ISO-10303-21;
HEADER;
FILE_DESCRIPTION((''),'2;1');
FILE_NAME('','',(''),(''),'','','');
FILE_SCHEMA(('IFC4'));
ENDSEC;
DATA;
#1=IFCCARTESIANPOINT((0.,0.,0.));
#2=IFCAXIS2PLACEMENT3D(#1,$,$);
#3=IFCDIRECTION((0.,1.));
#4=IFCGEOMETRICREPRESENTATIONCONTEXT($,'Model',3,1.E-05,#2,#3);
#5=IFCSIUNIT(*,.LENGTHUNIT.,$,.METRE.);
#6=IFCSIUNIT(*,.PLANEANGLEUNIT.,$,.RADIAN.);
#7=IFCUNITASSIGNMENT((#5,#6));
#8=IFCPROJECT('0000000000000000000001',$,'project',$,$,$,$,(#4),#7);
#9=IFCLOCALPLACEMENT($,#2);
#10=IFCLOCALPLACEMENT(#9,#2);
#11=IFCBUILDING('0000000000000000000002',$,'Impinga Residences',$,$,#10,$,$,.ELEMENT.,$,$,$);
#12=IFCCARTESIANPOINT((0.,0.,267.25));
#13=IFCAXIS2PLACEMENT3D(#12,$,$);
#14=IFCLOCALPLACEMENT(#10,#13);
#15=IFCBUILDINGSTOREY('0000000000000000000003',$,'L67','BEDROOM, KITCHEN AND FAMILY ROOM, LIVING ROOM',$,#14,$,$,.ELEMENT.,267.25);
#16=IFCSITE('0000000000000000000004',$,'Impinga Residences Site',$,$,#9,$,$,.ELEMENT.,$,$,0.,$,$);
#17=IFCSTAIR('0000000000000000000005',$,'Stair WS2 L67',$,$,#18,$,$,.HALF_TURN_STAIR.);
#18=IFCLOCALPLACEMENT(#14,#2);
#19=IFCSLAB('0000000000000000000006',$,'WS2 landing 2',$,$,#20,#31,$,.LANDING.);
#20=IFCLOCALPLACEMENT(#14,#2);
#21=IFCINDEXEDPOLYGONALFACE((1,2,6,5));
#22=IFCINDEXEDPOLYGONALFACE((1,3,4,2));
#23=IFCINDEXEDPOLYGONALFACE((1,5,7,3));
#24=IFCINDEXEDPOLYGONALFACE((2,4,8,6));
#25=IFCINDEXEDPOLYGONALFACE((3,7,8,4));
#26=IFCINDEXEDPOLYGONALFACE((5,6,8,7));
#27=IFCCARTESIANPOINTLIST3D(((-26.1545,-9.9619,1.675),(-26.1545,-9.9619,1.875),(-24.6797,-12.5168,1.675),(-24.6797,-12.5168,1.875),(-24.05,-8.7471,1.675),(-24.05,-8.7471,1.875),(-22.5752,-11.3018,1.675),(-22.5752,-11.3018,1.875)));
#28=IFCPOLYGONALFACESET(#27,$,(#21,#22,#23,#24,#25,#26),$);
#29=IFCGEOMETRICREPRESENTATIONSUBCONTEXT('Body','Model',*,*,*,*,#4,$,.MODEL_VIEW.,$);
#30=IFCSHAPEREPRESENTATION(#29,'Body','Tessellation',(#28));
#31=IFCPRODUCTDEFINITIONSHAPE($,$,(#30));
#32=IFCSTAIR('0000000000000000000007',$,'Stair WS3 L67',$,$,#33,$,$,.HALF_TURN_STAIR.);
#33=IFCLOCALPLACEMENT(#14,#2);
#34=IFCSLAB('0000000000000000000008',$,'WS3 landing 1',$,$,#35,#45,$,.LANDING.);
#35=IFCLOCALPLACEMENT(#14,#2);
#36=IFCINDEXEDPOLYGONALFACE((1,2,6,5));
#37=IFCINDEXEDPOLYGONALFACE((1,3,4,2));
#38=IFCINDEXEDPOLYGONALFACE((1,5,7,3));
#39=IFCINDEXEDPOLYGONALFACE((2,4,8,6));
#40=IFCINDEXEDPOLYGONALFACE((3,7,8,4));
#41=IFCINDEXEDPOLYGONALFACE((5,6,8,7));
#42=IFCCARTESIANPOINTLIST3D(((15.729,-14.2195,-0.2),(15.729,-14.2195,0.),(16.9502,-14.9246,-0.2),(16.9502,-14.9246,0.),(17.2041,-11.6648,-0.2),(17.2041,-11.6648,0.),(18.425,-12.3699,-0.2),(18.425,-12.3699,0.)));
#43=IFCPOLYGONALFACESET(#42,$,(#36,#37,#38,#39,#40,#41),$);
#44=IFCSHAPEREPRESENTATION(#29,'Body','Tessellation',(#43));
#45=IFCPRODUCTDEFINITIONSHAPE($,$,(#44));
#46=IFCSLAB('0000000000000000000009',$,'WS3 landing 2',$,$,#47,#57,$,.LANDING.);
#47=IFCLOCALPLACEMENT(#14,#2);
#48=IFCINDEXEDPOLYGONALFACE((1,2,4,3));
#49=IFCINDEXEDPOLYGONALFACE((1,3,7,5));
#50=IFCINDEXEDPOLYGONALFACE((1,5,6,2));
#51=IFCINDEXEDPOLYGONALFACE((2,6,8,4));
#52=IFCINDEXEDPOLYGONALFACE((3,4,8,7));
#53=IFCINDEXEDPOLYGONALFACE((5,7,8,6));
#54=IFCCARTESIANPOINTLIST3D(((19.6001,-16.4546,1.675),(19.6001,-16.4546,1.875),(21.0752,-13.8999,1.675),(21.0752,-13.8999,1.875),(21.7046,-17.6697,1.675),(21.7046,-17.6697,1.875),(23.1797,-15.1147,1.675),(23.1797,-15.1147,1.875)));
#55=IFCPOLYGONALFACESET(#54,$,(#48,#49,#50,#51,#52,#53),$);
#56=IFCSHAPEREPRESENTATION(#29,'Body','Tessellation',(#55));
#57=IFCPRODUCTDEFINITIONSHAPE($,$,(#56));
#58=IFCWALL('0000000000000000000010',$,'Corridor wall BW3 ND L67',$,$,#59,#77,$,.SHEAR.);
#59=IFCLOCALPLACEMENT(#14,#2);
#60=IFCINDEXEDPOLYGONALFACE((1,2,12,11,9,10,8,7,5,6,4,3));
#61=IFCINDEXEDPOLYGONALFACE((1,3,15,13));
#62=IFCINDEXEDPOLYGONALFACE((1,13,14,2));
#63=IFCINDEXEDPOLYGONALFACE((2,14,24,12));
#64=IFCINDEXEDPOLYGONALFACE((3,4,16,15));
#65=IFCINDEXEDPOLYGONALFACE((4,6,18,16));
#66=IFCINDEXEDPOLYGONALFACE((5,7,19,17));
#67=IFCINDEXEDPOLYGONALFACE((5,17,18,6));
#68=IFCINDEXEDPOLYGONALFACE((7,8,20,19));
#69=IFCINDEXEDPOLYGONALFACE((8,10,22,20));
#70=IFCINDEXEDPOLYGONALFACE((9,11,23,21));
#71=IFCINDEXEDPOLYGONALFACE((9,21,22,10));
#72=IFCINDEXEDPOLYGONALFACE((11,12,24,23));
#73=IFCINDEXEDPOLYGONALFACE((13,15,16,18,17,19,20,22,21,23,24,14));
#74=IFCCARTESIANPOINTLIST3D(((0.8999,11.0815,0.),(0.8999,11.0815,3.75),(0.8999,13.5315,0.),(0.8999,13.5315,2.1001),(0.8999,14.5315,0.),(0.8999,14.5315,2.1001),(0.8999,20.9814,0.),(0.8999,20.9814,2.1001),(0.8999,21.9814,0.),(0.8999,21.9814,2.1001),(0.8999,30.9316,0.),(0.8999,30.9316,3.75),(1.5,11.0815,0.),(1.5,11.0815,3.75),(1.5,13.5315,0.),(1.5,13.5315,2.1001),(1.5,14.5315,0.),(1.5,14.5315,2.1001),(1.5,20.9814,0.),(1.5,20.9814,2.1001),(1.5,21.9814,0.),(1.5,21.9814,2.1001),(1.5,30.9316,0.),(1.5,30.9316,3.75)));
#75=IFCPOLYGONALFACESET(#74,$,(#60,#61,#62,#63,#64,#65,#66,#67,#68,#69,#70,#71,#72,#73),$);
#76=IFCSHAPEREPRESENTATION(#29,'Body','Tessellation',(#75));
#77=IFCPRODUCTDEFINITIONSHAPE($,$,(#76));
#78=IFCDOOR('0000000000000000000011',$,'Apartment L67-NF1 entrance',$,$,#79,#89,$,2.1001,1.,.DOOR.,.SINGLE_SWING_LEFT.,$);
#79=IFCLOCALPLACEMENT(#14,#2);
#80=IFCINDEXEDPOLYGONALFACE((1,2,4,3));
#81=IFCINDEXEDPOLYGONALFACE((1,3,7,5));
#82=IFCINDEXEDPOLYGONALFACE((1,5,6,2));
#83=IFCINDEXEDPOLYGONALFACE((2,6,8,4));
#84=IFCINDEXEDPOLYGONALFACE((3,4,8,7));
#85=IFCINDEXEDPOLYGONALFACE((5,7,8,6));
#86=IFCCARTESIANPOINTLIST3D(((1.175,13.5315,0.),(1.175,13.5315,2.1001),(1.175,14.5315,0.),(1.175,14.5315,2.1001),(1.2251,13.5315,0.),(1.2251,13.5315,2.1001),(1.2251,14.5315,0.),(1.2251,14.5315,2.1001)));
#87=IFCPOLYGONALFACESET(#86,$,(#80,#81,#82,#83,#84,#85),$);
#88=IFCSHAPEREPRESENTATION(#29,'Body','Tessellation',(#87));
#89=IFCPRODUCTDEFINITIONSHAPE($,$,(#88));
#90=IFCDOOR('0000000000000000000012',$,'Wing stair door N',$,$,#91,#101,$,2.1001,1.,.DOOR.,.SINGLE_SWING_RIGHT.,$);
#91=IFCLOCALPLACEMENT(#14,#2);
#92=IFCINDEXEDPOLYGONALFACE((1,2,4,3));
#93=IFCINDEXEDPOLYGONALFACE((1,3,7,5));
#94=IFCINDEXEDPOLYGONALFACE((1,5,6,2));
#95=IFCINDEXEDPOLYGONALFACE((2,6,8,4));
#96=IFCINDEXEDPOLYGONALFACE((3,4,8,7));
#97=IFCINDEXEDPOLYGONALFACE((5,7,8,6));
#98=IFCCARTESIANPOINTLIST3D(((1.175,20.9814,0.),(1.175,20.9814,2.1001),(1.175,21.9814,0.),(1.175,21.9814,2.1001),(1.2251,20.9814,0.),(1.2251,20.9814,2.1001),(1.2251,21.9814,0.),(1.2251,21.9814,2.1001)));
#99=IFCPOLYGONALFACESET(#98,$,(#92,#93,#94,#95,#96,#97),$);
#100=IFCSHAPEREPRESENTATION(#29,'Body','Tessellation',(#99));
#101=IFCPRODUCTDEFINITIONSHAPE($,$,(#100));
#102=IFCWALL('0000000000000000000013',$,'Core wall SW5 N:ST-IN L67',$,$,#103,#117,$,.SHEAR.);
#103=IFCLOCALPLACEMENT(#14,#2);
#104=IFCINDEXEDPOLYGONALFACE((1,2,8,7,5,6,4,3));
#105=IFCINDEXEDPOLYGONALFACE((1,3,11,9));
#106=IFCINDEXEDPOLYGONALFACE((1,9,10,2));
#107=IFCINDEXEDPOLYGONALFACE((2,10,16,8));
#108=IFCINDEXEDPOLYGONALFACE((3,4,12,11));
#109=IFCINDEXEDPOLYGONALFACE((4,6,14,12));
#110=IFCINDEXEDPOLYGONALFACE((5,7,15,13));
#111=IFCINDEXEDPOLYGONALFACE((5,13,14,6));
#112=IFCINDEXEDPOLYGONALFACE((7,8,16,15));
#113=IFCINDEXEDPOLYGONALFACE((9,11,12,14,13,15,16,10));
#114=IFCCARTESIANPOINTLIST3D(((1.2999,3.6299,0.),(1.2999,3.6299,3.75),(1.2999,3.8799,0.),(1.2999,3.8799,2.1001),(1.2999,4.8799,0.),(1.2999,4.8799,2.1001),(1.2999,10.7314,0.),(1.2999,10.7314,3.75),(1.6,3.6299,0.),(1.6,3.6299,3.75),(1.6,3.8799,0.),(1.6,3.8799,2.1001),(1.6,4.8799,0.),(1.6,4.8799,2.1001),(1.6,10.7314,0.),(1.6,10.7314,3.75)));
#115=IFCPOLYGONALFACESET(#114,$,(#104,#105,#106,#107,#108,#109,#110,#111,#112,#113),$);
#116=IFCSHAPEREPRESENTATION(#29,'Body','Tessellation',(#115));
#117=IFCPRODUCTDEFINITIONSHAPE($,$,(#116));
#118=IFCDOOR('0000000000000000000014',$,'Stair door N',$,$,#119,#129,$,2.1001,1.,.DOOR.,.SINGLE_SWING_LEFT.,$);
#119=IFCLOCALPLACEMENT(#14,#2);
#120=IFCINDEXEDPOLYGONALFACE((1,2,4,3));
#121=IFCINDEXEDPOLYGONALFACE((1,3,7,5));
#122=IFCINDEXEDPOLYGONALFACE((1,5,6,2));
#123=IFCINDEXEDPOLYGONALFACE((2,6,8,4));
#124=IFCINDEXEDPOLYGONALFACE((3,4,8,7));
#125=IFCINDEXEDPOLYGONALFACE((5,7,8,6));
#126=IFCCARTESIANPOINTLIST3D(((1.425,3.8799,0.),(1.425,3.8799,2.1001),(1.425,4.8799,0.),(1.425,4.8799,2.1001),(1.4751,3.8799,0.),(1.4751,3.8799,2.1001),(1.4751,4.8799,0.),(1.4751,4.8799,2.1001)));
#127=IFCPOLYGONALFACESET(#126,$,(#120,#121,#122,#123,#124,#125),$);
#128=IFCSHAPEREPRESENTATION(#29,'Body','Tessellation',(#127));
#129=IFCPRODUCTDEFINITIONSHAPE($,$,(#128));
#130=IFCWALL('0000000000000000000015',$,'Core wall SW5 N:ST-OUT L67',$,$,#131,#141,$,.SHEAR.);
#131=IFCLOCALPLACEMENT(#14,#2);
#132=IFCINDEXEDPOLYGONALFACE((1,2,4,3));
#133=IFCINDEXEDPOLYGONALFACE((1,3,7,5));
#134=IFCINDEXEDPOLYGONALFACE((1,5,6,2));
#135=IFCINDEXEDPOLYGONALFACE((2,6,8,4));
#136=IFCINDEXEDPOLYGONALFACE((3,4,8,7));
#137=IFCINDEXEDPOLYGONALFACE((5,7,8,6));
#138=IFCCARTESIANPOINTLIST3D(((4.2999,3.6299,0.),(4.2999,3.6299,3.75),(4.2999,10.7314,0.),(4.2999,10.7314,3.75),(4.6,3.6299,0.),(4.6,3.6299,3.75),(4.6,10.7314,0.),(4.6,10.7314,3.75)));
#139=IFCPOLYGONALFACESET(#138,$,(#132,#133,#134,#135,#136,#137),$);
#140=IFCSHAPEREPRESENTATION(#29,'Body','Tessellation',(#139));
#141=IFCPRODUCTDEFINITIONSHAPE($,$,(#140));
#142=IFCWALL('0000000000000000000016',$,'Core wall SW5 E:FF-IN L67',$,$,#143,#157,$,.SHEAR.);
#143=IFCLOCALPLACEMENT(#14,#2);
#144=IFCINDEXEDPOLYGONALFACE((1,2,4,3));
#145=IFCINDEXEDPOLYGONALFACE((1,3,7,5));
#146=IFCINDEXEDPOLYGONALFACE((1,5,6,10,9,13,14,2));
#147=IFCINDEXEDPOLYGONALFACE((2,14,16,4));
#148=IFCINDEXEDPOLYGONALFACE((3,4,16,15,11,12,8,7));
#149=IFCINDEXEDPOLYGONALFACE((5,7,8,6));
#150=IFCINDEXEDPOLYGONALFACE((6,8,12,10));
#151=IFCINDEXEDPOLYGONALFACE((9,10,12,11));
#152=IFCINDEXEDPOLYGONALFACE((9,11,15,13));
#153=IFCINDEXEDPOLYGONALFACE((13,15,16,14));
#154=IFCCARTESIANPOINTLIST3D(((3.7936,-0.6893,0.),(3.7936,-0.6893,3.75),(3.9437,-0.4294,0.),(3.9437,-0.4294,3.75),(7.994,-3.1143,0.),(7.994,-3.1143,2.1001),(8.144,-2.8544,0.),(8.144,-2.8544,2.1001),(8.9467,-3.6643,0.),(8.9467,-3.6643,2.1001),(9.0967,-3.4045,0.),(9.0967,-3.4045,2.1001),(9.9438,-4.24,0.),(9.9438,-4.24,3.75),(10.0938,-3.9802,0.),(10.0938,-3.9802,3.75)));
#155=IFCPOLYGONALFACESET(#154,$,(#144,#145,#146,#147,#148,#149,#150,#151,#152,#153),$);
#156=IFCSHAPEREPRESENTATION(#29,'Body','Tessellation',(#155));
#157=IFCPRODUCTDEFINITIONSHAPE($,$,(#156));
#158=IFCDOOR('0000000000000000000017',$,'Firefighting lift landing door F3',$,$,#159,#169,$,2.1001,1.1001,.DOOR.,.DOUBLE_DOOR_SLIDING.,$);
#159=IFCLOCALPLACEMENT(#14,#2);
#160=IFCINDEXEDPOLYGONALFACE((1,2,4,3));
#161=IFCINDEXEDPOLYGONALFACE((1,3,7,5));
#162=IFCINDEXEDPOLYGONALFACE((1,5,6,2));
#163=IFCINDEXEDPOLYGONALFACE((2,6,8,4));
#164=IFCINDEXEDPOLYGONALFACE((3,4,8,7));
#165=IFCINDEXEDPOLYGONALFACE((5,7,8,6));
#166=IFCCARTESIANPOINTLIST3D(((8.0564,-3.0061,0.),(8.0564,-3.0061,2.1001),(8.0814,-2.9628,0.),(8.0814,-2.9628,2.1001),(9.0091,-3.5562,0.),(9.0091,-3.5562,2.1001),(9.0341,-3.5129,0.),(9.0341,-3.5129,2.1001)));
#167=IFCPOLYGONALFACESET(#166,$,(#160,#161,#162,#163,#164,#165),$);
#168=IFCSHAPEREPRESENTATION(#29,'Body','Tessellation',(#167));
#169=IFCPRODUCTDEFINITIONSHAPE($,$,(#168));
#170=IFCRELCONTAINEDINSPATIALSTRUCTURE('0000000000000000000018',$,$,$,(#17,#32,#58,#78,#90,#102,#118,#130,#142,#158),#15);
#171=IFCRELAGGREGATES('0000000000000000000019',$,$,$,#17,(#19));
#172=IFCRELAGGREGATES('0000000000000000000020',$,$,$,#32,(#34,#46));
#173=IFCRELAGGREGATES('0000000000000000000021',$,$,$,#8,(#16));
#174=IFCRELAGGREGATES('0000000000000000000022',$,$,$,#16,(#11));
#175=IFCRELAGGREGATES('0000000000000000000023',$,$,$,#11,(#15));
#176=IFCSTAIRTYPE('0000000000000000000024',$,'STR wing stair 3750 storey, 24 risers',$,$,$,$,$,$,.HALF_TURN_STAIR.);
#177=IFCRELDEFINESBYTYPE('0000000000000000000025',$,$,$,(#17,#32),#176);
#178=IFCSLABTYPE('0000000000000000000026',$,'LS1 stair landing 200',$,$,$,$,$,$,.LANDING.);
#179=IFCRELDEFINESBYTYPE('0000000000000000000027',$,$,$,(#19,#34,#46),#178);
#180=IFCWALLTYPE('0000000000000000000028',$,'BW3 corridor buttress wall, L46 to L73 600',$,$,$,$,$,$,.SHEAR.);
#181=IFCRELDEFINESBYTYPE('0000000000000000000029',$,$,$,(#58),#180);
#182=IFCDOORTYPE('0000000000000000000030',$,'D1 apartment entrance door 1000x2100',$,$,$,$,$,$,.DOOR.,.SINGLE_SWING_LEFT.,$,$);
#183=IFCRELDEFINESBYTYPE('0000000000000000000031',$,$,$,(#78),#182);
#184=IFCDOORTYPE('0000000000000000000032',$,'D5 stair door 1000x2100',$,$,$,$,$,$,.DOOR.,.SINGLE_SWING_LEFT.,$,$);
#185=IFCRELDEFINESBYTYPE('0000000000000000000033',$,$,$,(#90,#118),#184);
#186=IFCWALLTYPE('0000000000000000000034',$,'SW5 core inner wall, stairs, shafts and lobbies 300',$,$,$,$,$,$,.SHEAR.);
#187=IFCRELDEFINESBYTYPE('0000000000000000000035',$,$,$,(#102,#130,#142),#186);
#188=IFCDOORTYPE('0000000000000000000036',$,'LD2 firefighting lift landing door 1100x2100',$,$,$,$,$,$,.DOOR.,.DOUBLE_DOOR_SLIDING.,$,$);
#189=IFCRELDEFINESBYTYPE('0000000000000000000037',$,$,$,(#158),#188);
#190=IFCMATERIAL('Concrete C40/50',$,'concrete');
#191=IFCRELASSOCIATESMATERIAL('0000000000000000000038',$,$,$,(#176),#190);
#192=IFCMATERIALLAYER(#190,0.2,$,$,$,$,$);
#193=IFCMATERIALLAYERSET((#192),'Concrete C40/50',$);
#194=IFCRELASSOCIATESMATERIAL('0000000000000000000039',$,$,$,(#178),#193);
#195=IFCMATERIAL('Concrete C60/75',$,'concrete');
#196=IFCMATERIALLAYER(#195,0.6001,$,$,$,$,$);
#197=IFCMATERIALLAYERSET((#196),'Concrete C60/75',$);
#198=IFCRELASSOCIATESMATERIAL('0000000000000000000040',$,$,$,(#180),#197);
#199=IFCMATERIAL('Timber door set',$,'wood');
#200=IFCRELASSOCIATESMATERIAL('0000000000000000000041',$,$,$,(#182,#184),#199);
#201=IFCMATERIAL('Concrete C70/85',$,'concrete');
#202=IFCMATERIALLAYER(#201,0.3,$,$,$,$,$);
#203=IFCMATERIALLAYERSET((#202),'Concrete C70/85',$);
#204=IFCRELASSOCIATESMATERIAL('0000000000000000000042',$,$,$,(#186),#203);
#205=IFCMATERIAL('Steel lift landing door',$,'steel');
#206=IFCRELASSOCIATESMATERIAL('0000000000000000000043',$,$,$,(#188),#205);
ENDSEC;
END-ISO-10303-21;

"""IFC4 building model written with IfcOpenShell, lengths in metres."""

from ifc_helpers import new_model, si_unit, direction, frame, frame_2d, origin, place, context, subcontext, project, spatial, polyline, rectangle, outline, extrude, material, layer, layer_set, type_object, element, fill, aggregate, save


model = new_model("IFC4")

# Units and contexts
model_context = context("Model", 3, precision=1e-05, world=origin(), true_north=direction((0.0, 1.0)))
body_context = subcontext(model_context, "Body", "Model", "MODEL_VIEW")
ifc_project = project(units=[si_unit("LENGTHUNIT", "METRE"), si_unit("PLANEANGLEUNIT", "RADIAN")], contexts=[model_context])

# Site, building, storey
site_placement = place(None, origin())
site = spatial("IfcSite", under=ifc_project, at=site_placement, Name="Impinga Residences Site", CompositionType="ELEMENT", RefElevation=0.0)
building_placement = place(site_placement, origin())
building = spatial("IfcBuilding", under=site, at=building_placement, Name="Impinga Residences", CompositionType="ELEMENT")
storey_placement = place(building_placement, frame((0.0, 0.0, 267.25)))
storey = spatial("IfcBuildingStorey", under=building, at=storey_placement, Name="L67", Description="BEDROOM, KITCHEN AND FAMILY ROOM, LIVING ROOM", CompositionType="ELEMENT", Elevation=267.25)

# Stair, slab
ifc_material_1 = material(Name="Concrete C40/50", Category="concrete")
stair_type_1 = type_object("IfcStairType", Name="STR wing stair 3750 storey, 24 risers", PredefinedType="HALF_TURN_STAIR", material=ifc_material_1)
stair_1_placement = place(storey_placement, origin())
stair_1 = element("IfcStair", 1, at=stair_1_placement, inside=storey, type_object=stair_type_1, Name="Stair WS2 L67", PredefinedType="HALF_TURN_STAIR")
ifc_layer_1 = layer(ifc_material_1, 0.2)
ifc_layer_set_1 = layer_set([ifc_layer_1], Name="Concrete C40/50")
slab_type = type_object("IfcSlabType", Name="LS1 stair landing 200", PredefinedType="LANDING", material=ifc_layer_set_1)
slab_1_placement = place(storey_placement, frame((0.0, 0.0, 1.675)))
slab_1 = element("IfcSlab", 2, at=slab_1_placement, type_object=slab_type, Name="WS2 landing 2", PredefinedType="LANDING", context=body_context, shape_type="SweptSolid", body=[
    extrude(outline(polyline([(-22.5752, -11.3018), (-24.05, -8.7471), (-26.1545, -9.9619), (-24.6797, -12.5168), (-22.5752, -11.3018)])), origin(), (0.0, 0.0, 1.0), 0.2),
])
aggregate(stair_1, [slab_1])

# Stair, slabs
stair_2_placement = place(storey_placement, origin())
stair_2 = element("IfcStair", 3, at=stair_2_placement, inside=storey, type_object=stair_type_1, Name="Stair WS3 L67", PredefinedType="HALF_TURN_STAIR")
slab_2_placement = place(storey_placement, frame((0.0, 0.0, -0.2)))
slab_2 = element("IfcSlab", 4, at=slab_2_placement, type_object=slab_type, Name="WS3 landing 1", PredefinedType="LANDING", context=body_context, shape_type="SweptSolid", body=[
    extrude(outline(polyline([(17.2041, -11.6648), (15.729, -14.2195), (16.9502, -14.9246), (18.425, -12.3699), (17.2041, -11.6648)])), origin(), (0.0, 0.0, 1.0), 0.2),
])
slab_3_placement = place(storey_placement, frame((0.0, 0.0, 1.675)))
slab_3 = element("IfcSlab", 5, at=slab_3_placement, type_object=slab_type, Name="WS3 landing 2", PredefinedType="LANDING", context=body_context, shape_type="SweptSolid", body=[
    extrude(outline(polyline([(21.0752, -13.8999), (19.6001, -16.4546), (21.7046, -17.6697), (23.1797, -15.1147), (21.0752, -13.8999)])), origin(), (0.0, 0.0, 1.0), 0.2),
])
aggregate(stair_2, [slab_2, slab_3])

# Wall, openings, doors
ifc_material_2 = material(Name="Concrete C60/75", Category="concrete")
ifc_layer_2 = layer(ifc_material_2, 0.6001)
ifc_layer_set_2 = layer_set([ifc_layer_2], Name="Concrete C60/75")
wall_type_1 = type_object("IfcWallType", Name="BW3 corridor buttress wall, L46 to L73 600", PredefinedType="SHEAR", material=ifc_layer_set_2)
wall_1_placement = place(storey_placement, frame((1.2, 11.0815, 0.0), z_axis=(0.0, 0.0, 1.0), x_axis=(0.0, 1.0, 0.0)))
wall_1 = element("IfcWall", 6, at=wall_1_placement, inside=storey, type_object=wall_type_1, Name="Corridor wall BW3 ND L67", PredefinedType="SHEAR", context=body_context, shape_type="SweptSolid", body=[
    extrude(rectangle(XDim=19.8501, YDim=0.6001, at=frame_2d((9.925, 0.0))), origin(), (0.0, 0.0, 1.0), 3.75),
])
opening_1_placement = place(wall_1_placement, frame((9.8999, 0.0, 0.0)))
opening_1 = element("IfcOpeningElement", 7, at=opening_1_placement, cuts=wall_1, PredefinedType="OPENING", context=body_context, shape_type="SweptSolid", body=[
    extrude(rectangle(XDim=1.0, YDim=2.1001, at=frame_2d((0.5, 1.05))), frame((0.0, 0.3101, 0.0), z_axis=(0.0, -1.0, 0.0), x_axis=(1.0, 0.0, 0.0)), (0.0, 0.0, 1.0), 0.6201),
])
opening_2_placement = place(wall_1_placement, frame((2.45, 0.0, 0.0)))
opening_2 = element("IfcOpeningElement", 8, at=opening_2_placement, cuts=wall_1, PredefinedType="OPENING", context=body_context, shape_type="SweptSolid", body=[
    extrude(rectangle(XDim=1.0, YDim=2.1001, at=frame_2d((0.5, 1.05))), frame((0.0, 0.3101, 0.0), z_axis=(0.0, -1.0, 0.0), x_axis=(1.0, 0.0, 0.0)), (0.0, 0.0, 1.0), 0.6201),
])
ifc_material_3 = material(Name="Timber door set", Category="wood")
door_type_1 = type_object("IfcDoorType", Name="D1 apartment entrance door 1000x2100", OperationType="SINGLE_SWING_LEFT", PredefinedType="DOOR", material=ifc_material_3)
door_1_placement = place(opening_2_placement, origin())
door_1 = element("IfcDoor", 9, at=door_1_placement, inside=storey, type_object=door_type_1, Name="Apartment L67-NF1 entrance", OperationType="SINGLE_SWING_LEFT", OverallHeight=2.1001, OverallWidth=1.0, PredefinedType="DOOR", context=body_context, shape_type="SweptSolid", body=[
    extrude(rectangle(XDim=1.0, YDim=2.1001, at=frame_2d((0.5, 1.05))), frame((0.0, 0.0249, 0.0), z_axis=(0.0, -1.0, 0.0), x_axis=(1.0, 0.0, 0.0)), (0.0, 0.0, 1.0), 0.05),
])
fill(opening_2, door_1)
door_type_2 = type_object("IfcDoorType", Name="D5 stair door 1000x2100", OperationType="SINGLE_SWING_LEFT", PredefinedType="DOOR", material=ifc_material_3)
door_2_placement = place(opening_1_placement, origin())
door_2 = element("IfcDoor", 10, at=door_2_placement, inside=storey, type_object=door_type_2, Name="Wing stair door N", OperationType="SINGLE_SWING_RIGHT", OverallHeight=2.1001, OverallWidth=1.0, PredefinedType="DOOR", context=body_context, shape_type="SweptSolid", body=[
    extrude(rectangle(XDim=1.0, YDim=2.1001, at=frame_2d((0.5, 1.05))), frame((0.0, 0.0249, 0.0), z_axis=(0.0, -1.0, 0.0), x_axis=(1.0, 0.0, 0.0)), (0.0, 0.0, 1.0), 0.05),
])
fill(opening_1, door_2)

# Wall, opening, door
ifc_material_4 = material(Name="Concrete C70/85", Category="concrete")
ifc_layer_3 = layer(ifc_material_4, 0.3)
ifc_layer_set_3 = layer_set([ifc_layer_3], Name="Concrete C70/85")
wall_type_2 = type_object("IfcWallType", Name="SW5 core inner wall, stairs, shafts and lobbies 300", PredefinedType="SHEAR", material=ifc_layer_set_3)
wall_2_placement = place(storey_placement, frame((1.45, 3.6299, 0.0), z_axis=(0.0, 0.0, 1.0), x_axis=(0.0, 1.0, 0.0)))
wall_2 = element("IfcWall", 11, at=wall_2_placement, inside=storey, type_object=wall_type_2, Name="Core wall SW5 N:ST-IN L67", PredefinedType="SHEAR", context=body_context, shape_type="SweptSolid", body=[
    extrude(rectangle(XDim=7.1016, YDim=0.3, at=frame_2d((3.5508, 0.0))), origin(), (0.0, 0.0, 1.0), 3.75),
])
opening_3_placement = place(wall_2_placement, frame((0.25, 0.0, 0.0)))
opening_3 = element("IfcOpeningElement", 12, at=opening_3_placement, cuts=wall_2, PredefinedType="OPENING", context=body_context, shape_type="SweptSolid", body=[
    extrude(rectangle(XDim=1.0, YDim=2.1001, at=frame_2d((0.5, 1.05))), frame((0.0, 0.1599, 0.0), z_axis=(0.0, -1.0, 0.0), x_axis=(1.0, 0.0, 0.0)), (0.0, 0.0, 1.0), 0.3201),
])
door_3_placement = place(opening_3_placement, origin())
door_3 = element("IfcDoor", 13, at=door_3_placement, inside=storey, type_object=door_type_2, Name="Stair door N", OperationType="SINGLE_SWING_LEFT", OverallHeight=2.1001, OverallWidth=1.0, PredefinedType="DOOR", context=body_context, shape_type="SweptSolid", body=[
    extrude(rectangle(XDim=1.0, YDim=2.1001, at=frame_2d((0.5, 1.05))), frame((0.0, 0.0249, 0.0), z_axis=(0.0, -1.0, 0.0), x_axis=(1.0, 0.0, 0.0)), (0.0, 0.0, 1.0), 0.05),
])
fill(opening_3, door_3)

# Wall
wall_3_placement = place(storey_placement, frame((4.45, 3.6299, 0.0), z_axis=(0.0, 0.0, 1.0), x_axis=(0.0, 1.0, 0.0)))
element("IfcWall", 14, at=wall_3_placement, inside=storey, type_object=wall_type_2, Name="Core wall SW5 N:ST-OUT L67", PredefinedType="SHEAR", context=body_context, shape_type="SweptSolid", body=[
    extrude(rectangle(XDim=7.1016, YDim=0.3, at=frame_2d((3.5508, 0.0))), origin(), (0.0, 0.0, 1.0), 3.75),
])

# Wall, opening, door
wall_4_placement = place(storey_placement, frame((3.8687, -0.5593, 0.0), z_axis=(0.0, 0.0, 1.0), x_axis=(0.866026, -0.499999, 0.0)))
wall_4 = element("IfcWall", 15, at=wall_4_placement, inside=storey, type_object=wall_type_2, Name="Core wall SW5 E:FF-IN L67", PredefinedType="SHEAR", context=body_context, shape_type="SweptSolid", body=[
    extrude(rectangle(XDim=7.1016, YDim=0.3, at=frame_2d((3.5508, 0.0))), origin(), (0.0, 0.0, 1.0), 3.75),
])
opening_4_placement = place(wall_4_placement, frame((4.8501, 0.0, 0.0)))
opening_4 = element("IfcOpeningElement", 16, at=opening_4_placement, cuts=wall_4, PredefinedType="OPENING", context=body_context, shape_type="SweptSolid", body=[
    extrude(rectangle(XDim=1.1001, YDim=2.1001, at=frame_2d((0.55, 1.05))), frame((0.0, 0.1599, 0.0), z_axis=(0.0, -1.0, 0.0), x_axis=(1.0, 0.0, 0.0)), (0.0, 0.0, 1.0), 0.3201),
])
ifc_material_5 = material(Name="Steel lift landing door", Category="steel")
door_type_3 = type_object("IfcDoorType", Name="LD2 firefighting lift landing door 1100x2100", OperationType="DOUBLE_DOOR_SLIDING", PredefinedType="DOOR", material=ifc_material_5)
door_4_placement = place(opening_4_placement, origin())
door_4 = element("IfcDoor", 17, at=door_4_placement, inside=storey, type_object=door_type_3, Name="Firefighting lift landing door F3", OperationType="DOUBLE_DOOR_SLIDING", OverallHeight=2.1001, OverallWidth=1.1001, PredefinedType="DOOR", context=body_context, shape_type="SweptSolid", body=[
    extrude(rectangle(XDim=1.1001, YDim=2.1001, at=frame_2d((0.55, 1.05))), frame((0.0, 0.0249, 0.0), z_axis=(0.0, -1.0, 0.0), x_axis=(1.0, 0.0, 0.0)), (0.0, 0.0, 1.0), 0.05),
])
fill(opening_4, door_4)

save(model, "model.ifc")
